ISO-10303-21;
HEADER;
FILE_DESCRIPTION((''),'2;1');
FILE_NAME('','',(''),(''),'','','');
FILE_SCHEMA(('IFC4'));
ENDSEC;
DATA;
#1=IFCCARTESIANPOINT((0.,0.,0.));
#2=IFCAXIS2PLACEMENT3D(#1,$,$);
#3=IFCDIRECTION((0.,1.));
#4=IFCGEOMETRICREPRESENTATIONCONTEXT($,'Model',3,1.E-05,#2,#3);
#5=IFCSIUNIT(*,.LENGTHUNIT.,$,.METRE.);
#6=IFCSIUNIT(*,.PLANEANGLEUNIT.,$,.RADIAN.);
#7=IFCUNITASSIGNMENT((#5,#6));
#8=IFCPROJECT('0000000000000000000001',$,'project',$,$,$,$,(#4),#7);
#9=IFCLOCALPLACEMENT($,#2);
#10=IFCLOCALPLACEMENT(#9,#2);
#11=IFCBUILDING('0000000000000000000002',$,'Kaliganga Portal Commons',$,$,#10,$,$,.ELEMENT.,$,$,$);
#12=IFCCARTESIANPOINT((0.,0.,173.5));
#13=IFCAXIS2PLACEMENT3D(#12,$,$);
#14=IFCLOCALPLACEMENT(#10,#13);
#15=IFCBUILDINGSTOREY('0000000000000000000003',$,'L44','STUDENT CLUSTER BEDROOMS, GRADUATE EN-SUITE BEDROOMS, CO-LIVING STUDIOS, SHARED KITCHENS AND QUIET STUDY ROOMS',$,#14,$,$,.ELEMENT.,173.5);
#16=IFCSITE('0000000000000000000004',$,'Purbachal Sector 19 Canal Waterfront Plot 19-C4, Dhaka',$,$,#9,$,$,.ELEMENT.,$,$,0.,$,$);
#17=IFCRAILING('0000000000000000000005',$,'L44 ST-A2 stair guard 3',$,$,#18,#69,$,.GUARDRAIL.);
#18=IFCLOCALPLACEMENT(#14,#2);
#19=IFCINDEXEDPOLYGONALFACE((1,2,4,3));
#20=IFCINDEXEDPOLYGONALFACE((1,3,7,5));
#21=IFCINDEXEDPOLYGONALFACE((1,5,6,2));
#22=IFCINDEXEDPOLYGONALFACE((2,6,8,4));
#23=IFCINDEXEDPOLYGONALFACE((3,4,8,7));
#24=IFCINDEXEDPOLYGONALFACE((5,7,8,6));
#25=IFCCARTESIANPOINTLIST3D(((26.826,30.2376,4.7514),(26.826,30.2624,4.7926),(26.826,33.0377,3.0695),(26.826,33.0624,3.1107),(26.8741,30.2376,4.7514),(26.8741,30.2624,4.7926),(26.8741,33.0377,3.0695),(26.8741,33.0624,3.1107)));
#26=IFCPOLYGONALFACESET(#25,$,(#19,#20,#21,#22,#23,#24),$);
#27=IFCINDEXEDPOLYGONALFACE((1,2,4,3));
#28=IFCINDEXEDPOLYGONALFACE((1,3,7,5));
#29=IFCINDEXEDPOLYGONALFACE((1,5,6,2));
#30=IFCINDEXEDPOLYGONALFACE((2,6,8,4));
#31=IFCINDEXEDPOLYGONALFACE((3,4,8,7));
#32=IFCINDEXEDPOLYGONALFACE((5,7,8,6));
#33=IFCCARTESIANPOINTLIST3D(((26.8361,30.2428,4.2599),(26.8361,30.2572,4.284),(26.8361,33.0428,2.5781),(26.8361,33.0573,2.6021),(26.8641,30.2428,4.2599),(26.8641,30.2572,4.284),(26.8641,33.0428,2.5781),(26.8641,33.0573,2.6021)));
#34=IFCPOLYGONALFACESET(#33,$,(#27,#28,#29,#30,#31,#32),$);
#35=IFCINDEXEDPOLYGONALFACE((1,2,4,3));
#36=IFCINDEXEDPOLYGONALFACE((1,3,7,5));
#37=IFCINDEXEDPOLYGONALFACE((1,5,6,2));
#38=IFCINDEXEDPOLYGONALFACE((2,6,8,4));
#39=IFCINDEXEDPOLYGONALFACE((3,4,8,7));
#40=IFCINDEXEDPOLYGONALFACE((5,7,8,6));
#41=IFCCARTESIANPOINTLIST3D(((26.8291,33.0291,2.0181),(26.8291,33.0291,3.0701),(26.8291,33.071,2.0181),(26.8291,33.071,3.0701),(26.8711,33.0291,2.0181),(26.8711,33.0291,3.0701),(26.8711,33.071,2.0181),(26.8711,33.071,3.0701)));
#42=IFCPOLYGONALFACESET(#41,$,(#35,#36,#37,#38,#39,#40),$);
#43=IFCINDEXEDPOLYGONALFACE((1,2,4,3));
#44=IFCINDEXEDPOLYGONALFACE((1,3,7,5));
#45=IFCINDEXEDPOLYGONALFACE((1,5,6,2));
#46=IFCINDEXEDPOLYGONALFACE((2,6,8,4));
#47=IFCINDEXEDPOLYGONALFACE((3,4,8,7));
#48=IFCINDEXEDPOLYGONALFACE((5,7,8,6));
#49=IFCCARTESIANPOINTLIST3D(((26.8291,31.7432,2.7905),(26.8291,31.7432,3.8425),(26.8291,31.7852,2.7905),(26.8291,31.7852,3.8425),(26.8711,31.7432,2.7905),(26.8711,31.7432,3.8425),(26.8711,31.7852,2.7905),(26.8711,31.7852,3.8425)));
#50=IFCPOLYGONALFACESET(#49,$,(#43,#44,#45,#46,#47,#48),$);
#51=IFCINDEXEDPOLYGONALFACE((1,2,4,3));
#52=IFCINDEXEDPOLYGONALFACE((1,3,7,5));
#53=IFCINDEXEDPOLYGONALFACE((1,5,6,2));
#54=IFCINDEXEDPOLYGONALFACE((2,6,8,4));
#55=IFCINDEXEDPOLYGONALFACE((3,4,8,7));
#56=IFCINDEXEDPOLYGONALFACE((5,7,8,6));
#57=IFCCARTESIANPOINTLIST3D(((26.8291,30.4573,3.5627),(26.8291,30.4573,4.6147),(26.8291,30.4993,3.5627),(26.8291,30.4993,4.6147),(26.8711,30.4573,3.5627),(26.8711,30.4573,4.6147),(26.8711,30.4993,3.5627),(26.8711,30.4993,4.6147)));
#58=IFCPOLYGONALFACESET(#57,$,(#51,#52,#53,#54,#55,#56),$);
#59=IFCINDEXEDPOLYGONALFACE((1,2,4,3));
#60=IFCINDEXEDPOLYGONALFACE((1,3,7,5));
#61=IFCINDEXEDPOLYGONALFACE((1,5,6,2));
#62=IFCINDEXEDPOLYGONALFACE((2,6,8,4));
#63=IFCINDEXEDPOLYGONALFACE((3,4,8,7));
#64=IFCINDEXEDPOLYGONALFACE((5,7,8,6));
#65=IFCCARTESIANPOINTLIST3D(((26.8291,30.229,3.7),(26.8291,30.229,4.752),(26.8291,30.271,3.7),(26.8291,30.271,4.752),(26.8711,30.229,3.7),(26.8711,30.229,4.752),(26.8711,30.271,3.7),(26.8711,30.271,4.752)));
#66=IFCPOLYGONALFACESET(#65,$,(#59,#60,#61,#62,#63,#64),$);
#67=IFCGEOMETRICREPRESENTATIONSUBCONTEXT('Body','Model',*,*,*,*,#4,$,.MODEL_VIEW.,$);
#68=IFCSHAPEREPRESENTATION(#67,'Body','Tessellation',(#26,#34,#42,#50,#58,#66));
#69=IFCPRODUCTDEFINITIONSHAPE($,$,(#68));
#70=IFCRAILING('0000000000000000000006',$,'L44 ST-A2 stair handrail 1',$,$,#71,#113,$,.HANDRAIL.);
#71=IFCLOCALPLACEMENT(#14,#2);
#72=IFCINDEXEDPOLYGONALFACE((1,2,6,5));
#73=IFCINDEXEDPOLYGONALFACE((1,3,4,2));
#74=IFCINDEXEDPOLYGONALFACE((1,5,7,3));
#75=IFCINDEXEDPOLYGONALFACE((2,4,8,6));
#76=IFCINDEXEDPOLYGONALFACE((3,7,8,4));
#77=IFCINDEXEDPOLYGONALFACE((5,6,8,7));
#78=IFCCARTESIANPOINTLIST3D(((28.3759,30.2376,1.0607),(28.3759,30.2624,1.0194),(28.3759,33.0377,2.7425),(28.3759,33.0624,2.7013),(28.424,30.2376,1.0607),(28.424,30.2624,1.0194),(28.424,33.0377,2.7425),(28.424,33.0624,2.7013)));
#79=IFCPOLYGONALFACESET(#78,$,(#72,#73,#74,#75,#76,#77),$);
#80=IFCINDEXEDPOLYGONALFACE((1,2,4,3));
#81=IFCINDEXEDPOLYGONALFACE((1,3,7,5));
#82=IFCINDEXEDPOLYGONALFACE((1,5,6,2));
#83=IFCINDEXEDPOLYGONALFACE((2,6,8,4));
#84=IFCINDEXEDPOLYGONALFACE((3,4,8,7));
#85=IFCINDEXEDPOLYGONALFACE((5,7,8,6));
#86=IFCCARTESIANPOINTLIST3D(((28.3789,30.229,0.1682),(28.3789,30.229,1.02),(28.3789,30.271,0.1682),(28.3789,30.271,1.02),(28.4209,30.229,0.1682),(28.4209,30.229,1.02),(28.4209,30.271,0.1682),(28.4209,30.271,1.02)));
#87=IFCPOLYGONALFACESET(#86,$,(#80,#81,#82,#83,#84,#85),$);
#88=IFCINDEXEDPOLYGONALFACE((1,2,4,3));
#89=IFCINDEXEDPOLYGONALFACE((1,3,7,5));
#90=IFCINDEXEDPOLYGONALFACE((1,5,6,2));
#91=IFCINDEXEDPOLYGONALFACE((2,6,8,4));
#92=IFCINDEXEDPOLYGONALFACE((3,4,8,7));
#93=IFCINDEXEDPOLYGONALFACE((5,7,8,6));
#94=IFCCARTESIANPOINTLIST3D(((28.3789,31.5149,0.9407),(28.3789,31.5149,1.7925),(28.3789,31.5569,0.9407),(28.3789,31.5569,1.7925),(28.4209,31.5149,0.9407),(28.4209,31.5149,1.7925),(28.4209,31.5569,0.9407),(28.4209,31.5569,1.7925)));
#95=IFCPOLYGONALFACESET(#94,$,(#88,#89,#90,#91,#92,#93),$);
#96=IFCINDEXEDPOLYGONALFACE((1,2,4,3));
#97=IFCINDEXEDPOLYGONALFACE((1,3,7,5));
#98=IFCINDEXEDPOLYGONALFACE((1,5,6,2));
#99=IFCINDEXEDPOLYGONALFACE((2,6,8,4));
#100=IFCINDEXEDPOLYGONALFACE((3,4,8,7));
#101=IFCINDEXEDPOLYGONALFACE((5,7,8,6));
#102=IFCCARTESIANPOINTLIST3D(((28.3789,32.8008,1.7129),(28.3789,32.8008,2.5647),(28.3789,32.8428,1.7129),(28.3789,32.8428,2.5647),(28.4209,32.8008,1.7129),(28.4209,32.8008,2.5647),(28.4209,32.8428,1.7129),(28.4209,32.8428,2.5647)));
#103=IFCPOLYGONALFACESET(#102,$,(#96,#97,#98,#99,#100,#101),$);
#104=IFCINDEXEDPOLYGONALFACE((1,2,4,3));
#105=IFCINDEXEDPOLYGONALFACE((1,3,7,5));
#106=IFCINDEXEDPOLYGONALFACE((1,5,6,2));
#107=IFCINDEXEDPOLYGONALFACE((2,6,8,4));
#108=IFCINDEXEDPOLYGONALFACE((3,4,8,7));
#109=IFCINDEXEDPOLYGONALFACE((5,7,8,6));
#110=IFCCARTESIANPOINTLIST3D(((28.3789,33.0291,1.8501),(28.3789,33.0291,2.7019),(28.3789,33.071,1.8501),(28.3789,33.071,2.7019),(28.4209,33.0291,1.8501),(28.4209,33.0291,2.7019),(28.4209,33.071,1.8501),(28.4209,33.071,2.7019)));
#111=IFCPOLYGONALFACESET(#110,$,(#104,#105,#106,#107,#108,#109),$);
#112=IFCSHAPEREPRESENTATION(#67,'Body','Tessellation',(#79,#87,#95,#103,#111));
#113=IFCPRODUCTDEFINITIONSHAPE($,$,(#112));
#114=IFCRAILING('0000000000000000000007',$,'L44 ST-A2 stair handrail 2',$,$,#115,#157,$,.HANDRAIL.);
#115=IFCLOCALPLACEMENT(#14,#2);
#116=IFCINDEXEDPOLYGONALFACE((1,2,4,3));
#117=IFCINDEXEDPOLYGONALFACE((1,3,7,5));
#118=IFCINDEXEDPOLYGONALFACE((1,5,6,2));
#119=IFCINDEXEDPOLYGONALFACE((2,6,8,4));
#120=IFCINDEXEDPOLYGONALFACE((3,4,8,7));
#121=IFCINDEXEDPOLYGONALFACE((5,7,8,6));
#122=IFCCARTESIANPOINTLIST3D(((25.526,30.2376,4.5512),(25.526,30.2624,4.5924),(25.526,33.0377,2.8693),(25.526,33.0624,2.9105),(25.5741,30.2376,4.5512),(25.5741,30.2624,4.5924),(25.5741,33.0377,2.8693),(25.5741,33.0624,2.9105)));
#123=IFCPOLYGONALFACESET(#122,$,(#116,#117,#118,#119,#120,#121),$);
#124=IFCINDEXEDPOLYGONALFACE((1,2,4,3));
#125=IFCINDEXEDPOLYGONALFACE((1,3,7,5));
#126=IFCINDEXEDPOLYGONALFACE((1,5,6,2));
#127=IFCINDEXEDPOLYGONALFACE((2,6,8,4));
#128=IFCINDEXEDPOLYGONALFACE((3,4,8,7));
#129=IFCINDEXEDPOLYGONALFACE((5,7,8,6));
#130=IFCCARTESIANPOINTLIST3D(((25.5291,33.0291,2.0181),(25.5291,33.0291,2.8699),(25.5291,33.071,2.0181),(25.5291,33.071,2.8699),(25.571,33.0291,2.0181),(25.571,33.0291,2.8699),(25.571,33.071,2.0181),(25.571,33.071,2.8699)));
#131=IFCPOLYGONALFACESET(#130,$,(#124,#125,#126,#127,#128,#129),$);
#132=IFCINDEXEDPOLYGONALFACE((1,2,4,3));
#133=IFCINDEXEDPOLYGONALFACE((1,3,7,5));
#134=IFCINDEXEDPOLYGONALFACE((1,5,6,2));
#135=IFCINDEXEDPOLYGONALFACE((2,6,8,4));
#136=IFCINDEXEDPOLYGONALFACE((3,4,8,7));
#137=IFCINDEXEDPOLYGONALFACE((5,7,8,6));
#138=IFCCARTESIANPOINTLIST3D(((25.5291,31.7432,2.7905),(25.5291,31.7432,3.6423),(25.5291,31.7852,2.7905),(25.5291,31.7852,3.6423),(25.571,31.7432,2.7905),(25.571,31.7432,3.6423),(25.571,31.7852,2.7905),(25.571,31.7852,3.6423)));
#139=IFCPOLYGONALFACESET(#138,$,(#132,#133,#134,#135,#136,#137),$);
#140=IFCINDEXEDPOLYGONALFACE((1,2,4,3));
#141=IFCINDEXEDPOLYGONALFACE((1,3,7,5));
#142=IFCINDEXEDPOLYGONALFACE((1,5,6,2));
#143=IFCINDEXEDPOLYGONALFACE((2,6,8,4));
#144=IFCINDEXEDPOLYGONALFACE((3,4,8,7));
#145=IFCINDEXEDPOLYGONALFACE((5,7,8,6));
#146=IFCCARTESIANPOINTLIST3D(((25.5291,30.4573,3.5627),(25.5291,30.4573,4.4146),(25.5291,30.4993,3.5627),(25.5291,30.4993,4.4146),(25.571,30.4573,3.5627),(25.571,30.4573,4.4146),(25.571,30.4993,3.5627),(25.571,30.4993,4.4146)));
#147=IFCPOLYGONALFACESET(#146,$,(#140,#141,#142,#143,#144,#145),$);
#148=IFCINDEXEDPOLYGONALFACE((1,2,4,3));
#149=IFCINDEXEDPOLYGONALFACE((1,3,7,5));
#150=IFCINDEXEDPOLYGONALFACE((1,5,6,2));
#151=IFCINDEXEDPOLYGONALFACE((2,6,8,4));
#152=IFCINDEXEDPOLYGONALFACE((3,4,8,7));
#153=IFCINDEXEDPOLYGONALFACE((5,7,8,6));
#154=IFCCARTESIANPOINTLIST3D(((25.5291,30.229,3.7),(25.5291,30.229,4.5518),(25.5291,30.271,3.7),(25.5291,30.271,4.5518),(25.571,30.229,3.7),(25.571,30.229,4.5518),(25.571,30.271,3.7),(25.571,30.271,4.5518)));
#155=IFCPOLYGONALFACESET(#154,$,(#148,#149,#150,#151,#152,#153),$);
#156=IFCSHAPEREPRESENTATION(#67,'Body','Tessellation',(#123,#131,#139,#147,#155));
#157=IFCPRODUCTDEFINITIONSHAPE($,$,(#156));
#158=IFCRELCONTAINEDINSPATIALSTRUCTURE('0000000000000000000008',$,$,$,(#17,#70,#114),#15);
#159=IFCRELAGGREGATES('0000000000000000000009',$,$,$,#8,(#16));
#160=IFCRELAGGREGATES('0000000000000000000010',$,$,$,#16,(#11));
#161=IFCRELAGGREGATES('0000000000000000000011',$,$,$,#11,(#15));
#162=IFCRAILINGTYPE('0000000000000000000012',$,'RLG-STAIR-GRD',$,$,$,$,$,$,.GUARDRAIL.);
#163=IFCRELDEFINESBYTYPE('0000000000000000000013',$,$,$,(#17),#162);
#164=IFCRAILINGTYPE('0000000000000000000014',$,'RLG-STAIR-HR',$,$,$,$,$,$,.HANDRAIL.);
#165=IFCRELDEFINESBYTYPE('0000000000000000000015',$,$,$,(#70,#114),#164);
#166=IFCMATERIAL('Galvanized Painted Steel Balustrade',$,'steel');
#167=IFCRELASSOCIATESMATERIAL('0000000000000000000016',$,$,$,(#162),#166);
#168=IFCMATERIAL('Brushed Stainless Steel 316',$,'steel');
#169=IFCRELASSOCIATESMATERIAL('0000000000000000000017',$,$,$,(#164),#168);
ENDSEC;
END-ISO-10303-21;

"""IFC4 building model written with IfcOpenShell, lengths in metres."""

from ifc_helpers import new_model, si_unit, direction, frame, origin, origin_2d, place, context, subcontext, project, spatial, rectangle, extrude, material, type_object, element, save


model = new_model("IFC4")

# Units and contexts
model_context = context("Model", 3, precision=1e-05, world=origin(), true_north=direction((0.0, 1.0)))
body_context = subcontext(model_context, "Body", "Model", "MODEL_VIEW")
ifc_project = project(units=[si_unit("LENGTHUNIT", "METRE"), si_unit("PLANEANGLEUNIT", "RADIAN")], contexts=[model_context])

# Site, building, storey
site_placement = place(None, origin())
site = spatial("IfcSite", under=ifc_project, at=site_placement, Name="Purbachal Sector 19 Canal Waterfront Plot 19-C4, Dhaka", CompositionType="ELEMENT", RefElevation=0.0)
building_placement = place(site_placement, origin())
building = spatial("IfcBuilding", under=site, at=building_placement, Name="Kaliganga Portal Commons", CompositionType="ELEMENT")
storey_placement = place(building_placement, frame((0.0, 0.0, 173.5)))
storey = spatial("IfcBuildingStorey", under=building, at=storey_placement, Name="L44", Description="STUDENT CLUSTER BEDROOMS, GRADUATE EN-SUITE BEDROOMS, CO-LIVING STUDIOS, SHARED KITCHENS AND QUIET STUDY ROOMS", CompositionType="ELEMENT", Elevation=173.5)

# Railings
ifc_material_1 = material(Name="Galvanized Painted Steel Balustrade", Category="steel")
railing_type_1 = type_object("IfcRailingType", Name="RLG-STAIR-GRD", PredefinedType="GUARDRAIL", material=ifc_material_1)
railing_1_placement = place(storey_placement, frame((26.8501, 33.05, 2.0181)))
element("IfcRailing", 1, at=railing_1_placement, inside=storey, type_object=railing_type_1, Name="L44 ST-A2 stair guard 3", PredefinedType="GUARDRAIL", context=body_context, shape_type="SweptSolid", body=[
    extrude(rectangle(XDim=0.0481, YDim=0.0481, at=origin_2d()), frame((0.0, 0.0, 1.072), z_axis=(0.0, -0.857242, 0.514913), x_axis=(1.0, 0.0, 0.0)), (0.0, 0.0, 1.0), 3.2664),
    extrude(rectangle(XDim=0.0281, YDim=0.0281, at=origin_2d()), frame((0.0, 0.0, 0.572), z_axis=(0.0, -0.857242, 0.514913), x_axis=(1.0, 0.0, 0.0)), (0.0, 0.0, 1.0), 3.2664),
    extrude(rectangle(XDim=0.042, YDim=0.042, at=origin_2d()), origin(), (0.0, 0.0, 1.0), 1.052),
    extrude(rectangle(XDim=0.042, YDim=0.042, at=origin_2d()), frame((0.0, -1.2859, 0.7725)), (0.0, 0.0, 1.0), 1.052),
    extrude(rectangle(XDim=0.042, YDim=0.042, at=origin_2d()), frame((0.0, -2.5718, 1.5447)), (0.0, 0.0, 1.0), 1.052),
    extrude(rectangle(XDim=0.042, YDim=0.042, at=origin_2d()), frame((0.0, -2.8, 1.6819)), (0.0, 0.0, 1.0), 1.052),
])
ifc_material_2 = material(Name="Brushed Stainless Steel 316", Category="steel")
railing_type_2 = type_object("IfcRailingType", Name="RLG-STAIR-HR", PredefinedType="HANDRAIL", material=ifc_material_2)
railing_2_placement = place(storey_placement, frame((28.3999, 30.25, 0.1682)))
element("IfcRailing", 2, at=railing_2_placement, inside=storey, type_object=railing_type_2, Name="L44 ST-A2 stair handrail 1", PredefinedType="HANDRAIL", context=body_context, shape_type="SweptSolid", body=[
    extrude(rectangle(XDim=0.0481, YDim=0.0481, at=origin_2d()), frame((0.0, 0.0, 0.8718), z_axis=(0.0, 0.857242, 0.514913), x_axis=(-1.0, 0.0, 0.0)), (0.0, 0.0, 1.0), 3.2664),
    extrude(rectangle(XDim=0.042, YDim=0.042, at=origin_2d()), origin(), (0.0, 0.0, 1.0), 0.8518),
    extrude(rectangle(XDim=0.042, YDim=0.042, at=origin_2d()), frame((0.0, 1.2859, 0.7725)), (0.0, 0.0, 1.0), 0.8518),
    extrude(rectangle(XDim=0.042, YDim=0.042, at=origin_2d()), frame((0.0, 2.5718, 1.5447)), (0.0, 0.0, 1.0), 0.8518),
    extrude(rectangle(XDim=0.042, YDim=0.042, at=origin_2d()), frame((0.0, 2.8, 1.6819)), (0.0, 0.0, 1.0), 0.8518),
])
railing_3_placement = place(storey_placement, frame((25.55, 33.05, 2.0181)))
element("IfcRailing", 3, at=railing_3_placement, inside=storey, type_object=railing_type_2, Name="L44 ST-A2 stair handrail 2", PredefinedType="HANDRAIL", context=body_context, shape_type="SweptSolid", body=[
    extrude(rectangle(XDim=0.0481, YDim=0.0481, at=origin_2d()), frame((0.0, 0.0, 0.8718), z_axis=(0.0, -0.857242, 0.514913), x_axis=(1.0, 0.0, 0.0)), (0.0, 0.0, 1.0), 3.2664),
    extrude(rectangle(XDim=0.042, YDim=0.042, at=origin_2d()), origin(), (0.0, 0.0, 1.0), 0.8518),
    extrude(rectangle(XDim=0.042, YDim=0.042, at=origin_2d()), frame((0.0, -1.2859, 0.7725)), (0.0, 0.0, 1.0), 0.8518),
    extrude(rectangle(XDim=0.042, YDim=0.042, at=origin_2d()), frame((0.0, -2.5718, 1.5447)), (0.0, 0.0, 1.0), 0.8518),
    extrude(rectangle(XDim=0.042, YDim=0.042, at=origin_2d()), frame((0.0, -2.8, 1.6819)), (0.0, 0.0, 1.0), 0.8518),
])

save(model, "model.ifc")
